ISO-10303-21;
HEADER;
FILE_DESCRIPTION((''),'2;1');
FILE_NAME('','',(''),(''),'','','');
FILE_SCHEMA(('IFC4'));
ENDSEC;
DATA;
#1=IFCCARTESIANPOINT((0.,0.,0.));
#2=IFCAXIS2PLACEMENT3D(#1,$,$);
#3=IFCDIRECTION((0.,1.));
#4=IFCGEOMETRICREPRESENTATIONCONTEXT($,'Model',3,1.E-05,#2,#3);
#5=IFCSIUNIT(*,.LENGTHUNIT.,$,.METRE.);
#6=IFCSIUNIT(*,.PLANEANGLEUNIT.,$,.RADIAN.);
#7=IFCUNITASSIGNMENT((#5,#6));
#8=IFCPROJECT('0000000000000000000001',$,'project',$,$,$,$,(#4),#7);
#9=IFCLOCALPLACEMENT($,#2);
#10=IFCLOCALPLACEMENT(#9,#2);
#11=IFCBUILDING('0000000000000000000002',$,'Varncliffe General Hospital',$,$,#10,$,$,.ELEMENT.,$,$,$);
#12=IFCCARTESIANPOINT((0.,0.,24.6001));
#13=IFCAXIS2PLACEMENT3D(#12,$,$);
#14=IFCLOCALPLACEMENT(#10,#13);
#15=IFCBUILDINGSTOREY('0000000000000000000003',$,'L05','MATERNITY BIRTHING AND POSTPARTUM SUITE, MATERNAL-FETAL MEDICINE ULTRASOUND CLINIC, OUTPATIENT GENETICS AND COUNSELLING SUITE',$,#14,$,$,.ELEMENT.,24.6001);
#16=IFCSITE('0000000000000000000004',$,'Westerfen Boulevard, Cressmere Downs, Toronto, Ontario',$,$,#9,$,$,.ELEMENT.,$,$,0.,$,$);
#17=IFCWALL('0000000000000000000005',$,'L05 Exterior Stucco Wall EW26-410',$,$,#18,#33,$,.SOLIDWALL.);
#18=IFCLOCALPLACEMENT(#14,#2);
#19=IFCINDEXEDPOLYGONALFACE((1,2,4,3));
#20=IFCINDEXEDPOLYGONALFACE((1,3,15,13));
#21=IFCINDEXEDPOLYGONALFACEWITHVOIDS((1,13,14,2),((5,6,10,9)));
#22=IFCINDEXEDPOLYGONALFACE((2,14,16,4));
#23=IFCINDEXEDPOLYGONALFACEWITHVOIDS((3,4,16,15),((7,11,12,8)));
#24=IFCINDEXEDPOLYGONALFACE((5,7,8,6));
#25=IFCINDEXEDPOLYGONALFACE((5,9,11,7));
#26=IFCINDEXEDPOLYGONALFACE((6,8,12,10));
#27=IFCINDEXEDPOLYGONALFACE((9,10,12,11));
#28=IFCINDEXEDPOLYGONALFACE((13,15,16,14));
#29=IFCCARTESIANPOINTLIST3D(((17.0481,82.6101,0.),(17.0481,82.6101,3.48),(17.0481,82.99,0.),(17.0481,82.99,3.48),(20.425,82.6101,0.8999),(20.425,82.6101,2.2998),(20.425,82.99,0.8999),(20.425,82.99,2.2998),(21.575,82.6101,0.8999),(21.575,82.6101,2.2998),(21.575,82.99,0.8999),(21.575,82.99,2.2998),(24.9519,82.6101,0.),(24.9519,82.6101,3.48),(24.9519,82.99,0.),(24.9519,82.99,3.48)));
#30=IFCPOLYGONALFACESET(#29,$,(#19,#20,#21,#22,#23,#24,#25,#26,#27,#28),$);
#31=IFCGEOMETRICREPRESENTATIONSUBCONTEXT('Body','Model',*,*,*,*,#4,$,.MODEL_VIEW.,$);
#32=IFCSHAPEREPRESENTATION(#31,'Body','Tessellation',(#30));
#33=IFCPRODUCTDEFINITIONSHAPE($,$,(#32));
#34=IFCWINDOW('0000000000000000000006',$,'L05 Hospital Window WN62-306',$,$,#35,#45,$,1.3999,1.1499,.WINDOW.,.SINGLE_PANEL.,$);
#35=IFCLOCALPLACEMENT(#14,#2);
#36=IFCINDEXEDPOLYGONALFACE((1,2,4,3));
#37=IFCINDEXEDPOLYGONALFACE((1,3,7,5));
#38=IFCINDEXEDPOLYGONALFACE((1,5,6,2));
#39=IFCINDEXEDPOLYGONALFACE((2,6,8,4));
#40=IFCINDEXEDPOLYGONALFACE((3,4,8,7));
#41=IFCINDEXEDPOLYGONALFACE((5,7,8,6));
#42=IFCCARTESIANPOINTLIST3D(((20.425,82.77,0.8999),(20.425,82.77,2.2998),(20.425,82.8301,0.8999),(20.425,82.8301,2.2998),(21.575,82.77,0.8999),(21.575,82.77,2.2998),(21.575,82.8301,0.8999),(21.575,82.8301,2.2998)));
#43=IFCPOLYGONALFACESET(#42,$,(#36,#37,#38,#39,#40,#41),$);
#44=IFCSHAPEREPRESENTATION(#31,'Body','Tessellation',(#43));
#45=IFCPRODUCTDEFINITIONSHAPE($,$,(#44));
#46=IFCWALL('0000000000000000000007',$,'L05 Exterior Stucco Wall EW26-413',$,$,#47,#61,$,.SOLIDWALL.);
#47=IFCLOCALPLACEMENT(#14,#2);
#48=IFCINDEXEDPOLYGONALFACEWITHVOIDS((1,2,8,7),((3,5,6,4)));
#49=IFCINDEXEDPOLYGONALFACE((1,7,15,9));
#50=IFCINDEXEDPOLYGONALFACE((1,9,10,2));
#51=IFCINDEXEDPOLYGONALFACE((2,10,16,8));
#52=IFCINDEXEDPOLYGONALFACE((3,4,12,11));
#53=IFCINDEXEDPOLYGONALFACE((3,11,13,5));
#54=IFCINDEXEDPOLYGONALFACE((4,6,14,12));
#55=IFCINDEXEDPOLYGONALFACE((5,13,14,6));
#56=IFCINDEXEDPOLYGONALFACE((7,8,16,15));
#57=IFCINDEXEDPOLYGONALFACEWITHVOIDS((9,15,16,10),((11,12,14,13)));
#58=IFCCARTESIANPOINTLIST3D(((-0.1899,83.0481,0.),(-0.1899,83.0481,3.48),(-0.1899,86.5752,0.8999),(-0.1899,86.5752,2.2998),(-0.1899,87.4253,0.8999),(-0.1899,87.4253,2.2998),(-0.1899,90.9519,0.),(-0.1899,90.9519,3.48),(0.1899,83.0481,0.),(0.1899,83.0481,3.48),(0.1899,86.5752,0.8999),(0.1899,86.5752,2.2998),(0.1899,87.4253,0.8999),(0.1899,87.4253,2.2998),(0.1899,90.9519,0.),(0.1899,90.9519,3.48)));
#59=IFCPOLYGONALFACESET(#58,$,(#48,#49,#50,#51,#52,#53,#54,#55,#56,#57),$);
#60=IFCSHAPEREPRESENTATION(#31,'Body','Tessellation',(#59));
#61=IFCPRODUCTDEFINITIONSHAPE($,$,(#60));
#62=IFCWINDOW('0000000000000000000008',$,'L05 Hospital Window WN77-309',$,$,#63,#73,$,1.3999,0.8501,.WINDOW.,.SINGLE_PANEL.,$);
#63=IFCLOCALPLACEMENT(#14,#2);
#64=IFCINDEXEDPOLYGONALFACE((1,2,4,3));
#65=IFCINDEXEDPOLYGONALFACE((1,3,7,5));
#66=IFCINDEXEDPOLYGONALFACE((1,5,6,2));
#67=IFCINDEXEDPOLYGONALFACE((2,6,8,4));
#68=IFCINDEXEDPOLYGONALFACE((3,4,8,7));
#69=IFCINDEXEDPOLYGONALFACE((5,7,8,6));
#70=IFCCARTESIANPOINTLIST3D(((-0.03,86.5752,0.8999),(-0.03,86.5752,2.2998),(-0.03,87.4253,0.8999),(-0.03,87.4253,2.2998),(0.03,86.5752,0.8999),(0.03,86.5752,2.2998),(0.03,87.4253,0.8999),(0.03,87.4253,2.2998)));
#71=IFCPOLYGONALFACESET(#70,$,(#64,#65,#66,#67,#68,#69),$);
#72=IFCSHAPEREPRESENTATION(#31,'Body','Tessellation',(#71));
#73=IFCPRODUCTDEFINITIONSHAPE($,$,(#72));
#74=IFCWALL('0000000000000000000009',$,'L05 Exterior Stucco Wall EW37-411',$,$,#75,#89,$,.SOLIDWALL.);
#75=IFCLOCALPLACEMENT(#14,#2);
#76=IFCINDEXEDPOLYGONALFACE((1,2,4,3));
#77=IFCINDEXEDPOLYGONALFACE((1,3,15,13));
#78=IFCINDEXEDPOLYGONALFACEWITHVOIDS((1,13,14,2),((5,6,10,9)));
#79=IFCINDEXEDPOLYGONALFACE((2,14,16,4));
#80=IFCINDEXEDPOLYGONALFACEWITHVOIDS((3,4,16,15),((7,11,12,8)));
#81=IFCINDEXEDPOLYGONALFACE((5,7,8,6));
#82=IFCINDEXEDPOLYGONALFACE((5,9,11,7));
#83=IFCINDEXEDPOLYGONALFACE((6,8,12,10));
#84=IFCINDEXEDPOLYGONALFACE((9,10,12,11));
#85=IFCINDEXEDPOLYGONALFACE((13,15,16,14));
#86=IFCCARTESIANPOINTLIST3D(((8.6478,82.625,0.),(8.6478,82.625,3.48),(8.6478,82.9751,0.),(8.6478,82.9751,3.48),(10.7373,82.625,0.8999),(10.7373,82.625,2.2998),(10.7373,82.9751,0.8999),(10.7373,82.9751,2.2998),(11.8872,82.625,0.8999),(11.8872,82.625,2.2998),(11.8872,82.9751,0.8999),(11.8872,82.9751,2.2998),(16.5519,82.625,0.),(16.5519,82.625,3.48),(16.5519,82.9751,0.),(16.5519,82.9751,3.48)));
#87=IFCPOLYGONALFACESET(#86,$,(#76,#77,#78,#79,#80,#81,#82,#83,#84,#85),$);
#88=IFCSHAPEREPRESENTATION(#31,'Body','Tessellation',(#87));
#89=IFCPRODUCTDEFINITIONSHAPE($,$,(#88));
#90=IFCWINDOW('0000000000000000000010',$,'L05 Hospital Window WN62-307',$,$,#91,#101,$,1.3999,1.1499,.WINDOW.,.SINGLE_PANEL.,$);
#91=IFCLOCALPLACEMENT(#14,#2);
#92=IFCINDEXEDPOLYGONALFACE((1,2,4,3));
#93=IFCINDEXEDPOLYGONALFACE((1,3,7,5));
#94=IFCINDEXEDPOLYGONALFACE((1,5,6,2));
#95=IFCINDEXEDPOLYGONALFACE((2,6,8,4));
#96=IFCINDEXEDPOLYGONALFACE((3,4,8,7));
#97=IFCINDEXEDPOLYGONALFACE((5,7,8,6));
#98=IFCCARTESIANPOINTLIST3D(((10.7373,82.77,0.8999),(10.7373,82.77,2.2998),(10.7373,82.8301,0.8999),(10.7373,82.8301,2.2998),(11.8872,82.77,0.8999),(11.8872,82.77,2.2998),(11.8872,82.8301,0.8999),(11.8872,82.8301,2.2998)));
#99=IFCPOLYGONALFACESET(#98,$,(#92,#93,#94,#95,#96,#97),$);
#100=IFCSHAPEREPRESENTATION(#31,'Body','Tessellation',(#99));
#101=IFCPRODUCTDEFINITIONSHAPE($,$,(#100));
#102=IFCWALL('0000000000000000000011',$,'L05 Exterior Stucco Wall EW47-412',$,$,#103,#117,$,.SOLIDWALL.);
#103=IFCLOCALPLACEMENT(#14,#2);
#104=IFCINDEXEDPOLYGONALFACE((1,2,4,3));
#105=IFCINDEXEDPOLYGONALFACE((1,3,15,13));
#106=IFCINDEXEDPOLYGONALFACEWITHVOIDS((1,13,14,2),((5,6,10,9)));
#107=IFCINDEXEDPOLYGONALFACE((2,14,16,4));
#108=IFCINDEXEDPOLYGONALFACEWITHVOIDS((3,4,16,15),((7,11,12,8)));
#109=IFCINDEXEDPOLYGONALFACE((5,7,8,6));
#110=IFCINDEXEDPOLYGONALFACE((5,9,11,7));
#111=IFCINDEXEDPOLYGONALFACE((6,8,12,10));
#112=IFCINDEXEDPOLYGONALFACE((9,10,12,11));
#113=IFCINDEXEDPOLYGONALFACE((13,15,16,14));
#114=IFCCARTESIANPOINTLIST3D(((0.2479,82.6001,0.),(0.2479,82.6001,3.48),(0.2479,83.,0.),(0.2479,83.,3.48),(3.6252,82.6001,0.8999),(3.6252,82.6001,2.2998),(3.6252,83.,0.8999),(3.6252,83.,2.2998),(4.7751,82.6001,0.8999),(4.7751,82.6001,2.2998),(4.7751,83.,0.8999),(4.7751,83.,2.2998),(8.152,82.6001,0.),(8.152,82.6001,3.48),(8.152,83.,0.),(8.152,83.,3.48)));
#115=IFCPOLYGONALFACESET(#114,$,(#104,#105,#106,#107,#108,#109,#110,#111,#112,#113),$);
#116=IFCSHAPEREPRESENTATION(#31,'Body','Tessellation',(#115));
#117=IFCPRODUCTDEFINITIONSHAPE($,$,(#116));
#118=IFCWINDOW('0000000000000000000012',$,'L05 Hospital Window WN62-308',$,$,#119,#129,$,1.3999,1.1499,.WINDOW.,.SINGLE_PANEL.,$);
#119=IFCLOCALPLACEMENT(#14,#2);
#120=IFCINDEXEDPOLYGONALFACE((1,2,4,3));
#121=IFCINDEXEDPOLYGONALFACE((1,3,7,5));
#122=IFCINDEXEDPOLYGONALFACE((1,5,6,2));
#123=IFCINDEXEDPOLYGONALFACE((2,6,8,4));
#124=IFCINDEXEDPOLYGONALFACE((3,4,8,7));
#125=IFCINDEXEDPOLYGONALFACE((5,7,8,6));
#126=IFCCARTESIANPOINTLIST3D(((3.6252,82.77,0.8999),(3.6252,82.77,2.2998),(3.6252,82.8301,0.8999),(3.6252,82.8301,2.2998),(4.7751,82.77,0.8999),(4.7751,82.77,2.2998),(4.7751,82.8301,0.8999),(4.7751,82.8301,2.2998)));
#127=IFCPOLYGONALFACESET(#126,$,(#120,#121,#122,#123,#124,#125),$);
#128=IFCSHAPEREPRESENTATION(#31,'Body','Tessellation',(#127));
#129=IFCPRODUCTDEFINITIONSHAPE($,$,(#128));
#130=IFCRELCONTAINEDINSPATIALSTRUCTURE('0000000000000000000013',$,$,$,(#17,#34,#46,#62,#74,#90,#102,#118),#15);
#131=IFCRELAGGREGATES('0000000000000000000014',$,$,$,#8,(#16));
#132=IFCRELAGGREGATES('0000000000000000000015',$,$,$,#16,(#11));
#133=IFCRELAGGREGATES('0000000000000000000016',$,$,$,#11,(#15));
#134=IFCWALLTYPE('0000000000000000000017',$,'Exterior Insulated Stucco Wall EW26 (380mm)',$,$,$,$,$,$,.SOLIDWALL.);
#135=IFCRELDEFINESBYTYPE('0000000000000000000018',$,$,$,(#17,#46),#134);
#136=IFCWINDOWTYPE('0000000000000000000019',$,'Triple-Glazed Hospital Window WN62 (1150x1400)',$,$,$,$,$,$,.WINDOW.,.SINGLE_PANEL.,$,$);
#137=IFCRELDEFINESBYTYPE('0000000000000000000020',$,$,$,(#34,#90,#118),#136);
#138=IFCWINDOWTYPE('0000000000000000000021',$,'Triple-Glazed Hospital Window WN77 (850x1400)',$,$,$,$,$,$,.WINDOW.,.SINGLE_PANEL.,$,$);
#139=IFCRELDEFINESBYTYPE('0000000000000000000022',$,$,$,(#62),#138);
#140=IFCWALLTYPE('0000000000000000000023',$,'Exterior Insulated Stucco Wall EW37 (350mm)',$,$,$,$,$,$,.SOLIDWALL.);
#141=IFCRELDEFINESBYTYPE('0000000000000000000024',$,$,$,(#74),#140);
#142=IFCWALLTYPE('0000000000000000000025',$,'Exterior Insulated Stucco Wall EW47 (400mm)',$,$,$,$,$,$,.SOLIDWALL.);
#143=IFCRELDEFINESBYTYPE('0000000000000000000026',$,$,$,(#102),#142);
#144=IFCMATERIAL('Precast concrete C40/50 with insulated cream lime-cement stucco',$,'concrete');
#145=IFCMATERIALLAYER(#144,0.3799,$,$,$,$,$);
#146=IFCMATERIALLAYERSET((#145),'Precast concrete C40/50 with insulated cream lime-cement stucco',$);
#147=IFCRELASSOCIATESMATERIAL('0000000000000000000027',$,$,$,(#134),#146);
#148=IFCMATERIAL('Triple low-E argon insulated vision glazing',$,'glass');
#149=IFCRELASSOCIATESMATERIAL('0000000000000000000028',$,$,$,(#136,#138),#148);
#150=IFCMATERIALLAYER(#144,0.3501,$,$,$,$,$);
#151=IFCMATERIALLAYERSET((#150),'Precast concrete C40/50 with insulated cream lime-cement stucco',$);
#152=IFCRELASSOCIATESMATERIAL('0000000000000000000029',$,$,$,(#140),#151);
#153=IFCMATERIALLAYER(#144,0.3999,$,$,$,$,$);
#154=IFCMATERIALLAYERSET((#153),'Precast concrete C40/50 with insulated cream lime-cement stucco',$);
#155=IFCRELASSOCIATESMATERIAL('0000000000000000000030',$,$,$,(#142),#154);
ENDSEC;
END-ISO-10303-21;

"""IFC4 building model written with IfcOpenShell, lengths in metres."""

from ifc_helpers import new_model, si_unit, direction, frame, frame_2d, origin, place, context, subcontext, project, spatial, rectangle, extrude, material, layer, layer_set, type_object, element, fill, save


model = new_model("IFC4")

# Units and contexts
model_context = context("Model", 3, precision=1e-05, world=origin(), true_north=direction((0.0, 1.0)))
body_context = subcontext(model_context, "Body", "Model", "MODEL_VIEW")
ifc_project = project(units=[si_unit("LENGTHUNIT", "METRE"), si_unit("PLANEANGLEUNIT", "RADIAN")], contexts=[model_context])

# Site, building, storey
site_placement = place(None, origin())
site = spatial("IfcSite", under=ifc_project, at=site_placement, Name="Westerfen Boulevard, Cressmere Downs, Toronto, Ontario", CompositionType="ELEMENT", RefElevation=0.0)
building_placement = place(site_placement, origin())
building = spatial("IfcBuilding", under=site, at=building_placement, Name="Varncliffe General Hospital", CompositionType="ELEMENT")
storey_placement = place(building_placement, frame((0.0, 0.0, 24.6001)))
storey = spatial("IfcBuildingStorey", under=building, at=storey_placement, Name="L05", Description="MATERNITY BIRTHING AND POSTPARTUM SUITE, MATERNAL-FETAL MEDICINE ULTRASOUND CLINIC, OUTPATIENT GENETICS AND COUNSELLING SUITE", CompositionType="ELEMENT", Elevation=24.6001)

# Walls, openings, windows
ifc_material_1 = material(Name="Precast concrete C40/50 with insulated cream lime-cement stucco", Category="concrete")
ifc_layer_1 = layer(ifc_material_1, 0.3799)
ifc_layer_set_1 = layer_set([ifc_layer_1], Name="Precast concrete C40/50 with insulated cream lime-cement stucco")
wall_type_1 = type_object("IfcWallType", Name="Exterior Insulated Stucco Wall EW26 (380mm)", PredefinedType="SOLIDWALL", material=ifc_layer_set_1)
wall_1_placement = place(storey_placement, frame((24.9519, 82.8, 0.0), z_axis=(0.0, 0.0, 1.0), x_axis=(-1.0, 0.0, 0.0)))
wall_1 = element("IfcWall", 1, at=wall_1_placement, inside=storey, type_object=wall_type_1, Name="L05 Exterior Stucco Wall EW26-410", PredefinedType="SOLIDWALL", context=body_context, shape_type="SweptSolid", body=[
    extrude(rectangle(XDim=7.9038, YDim=0.3799, at=frame_2d((3.9519, 0.0))), origin(), (0.0, 0.0, 1.0), 3.48),
])
opening_1_placement = place(wall_1_placement, frame((3.377, 0.0, 0.8999)))
opening_1 = element("IfcOpeningElement", 2, at=opening_1_placement, cuts=wall_1, PredefinedType="OPENING", context=body_context, shape_type="SweptSolid", body=[
    extrude(rectangle(XDim=1.1499, YDim=1.3999, at=frame_2d((0.575, 0.7))), frame((0.0, 0.2, 0.0), z_axis=(0.0, -1.0, 0.0), x_axis=(1.0, 0.0, 0.0)), (0.0, 0.0, 1.0), 0.3999),
])
ifc_material_2 = material(Name="Triple low-E argon insulated vision glazing", Category="glass")
window_type_1 = type_object("IfcWindowType", Name="Triple-Glazed Hospital Window WN62 (1150x1400)", PartitioningType="SINGLE_PANEL", PredefinedType="WINDOW", material=ifc_material_2)
window_1_placement = place(opening_1_placement, origin())
window_1 = element("IfcWindow", 3, at=window_1_placement, inside=storey, type_object=window_type_1, Name="L05 Hospital Window WN62-306", OverallHeight=1.3999, OverallWidth=1.1499, PartitioningType="SINGLE_PANEL", PredefinedType="WINDOW", context=body_context, shape_type="SweptSolid", body=[
    extrude(rectangle(XDim=1.1499, YDim=1.3999, at=frame_2d((0.575, 0.7))), frame((0.0, 0.03, 0.0), z_axis=(0.0, -1.0, 0.0), x_axis=(1.0, 0.0, 0.0)), (0.0, 0.0, 1.0), 0.0601),
])
fill(opening_1, window_1)
wall_2_placement = place(storey_placement, frame((0.0, 83.0481, 0.0), z_axis=(0.0, 0.0, 1.0), x_axis=(0.0, 1.0, 0.0)))
wall_2 = element("IfcWall", 4, at=wall_2_placement, inside=storey, type_object=wall_type_1, Name="L05 Exterior Stucco Wall EW26-413", PredefinedType="SOLIDWALL", context=body_context, shape_type="SweptSolid", body=[
    extrude(rectangle(XDim=7.9038, YDim=0.3799, at=frame_2d((3.9519, 0.0))), origin(), (0.0, 0.0, 1.0), 3.48),
])
opening_2_placement = place(wall_2_placement, frame((3.5271, 0.0, 0.8999)))
opening_2 = element("IfcOpeningElement", 5, at=opening_2_placement, cuts=wall_2, PredefinedType="OPENING", context=body_context, shape_type="SweptSolid", body=[
    extrude(rectangle(XDim=0.8501, YDim=1.3999, at=frame_2d((0.425, 0.7))), frame((0.0, 0.2, 0.0), z_axis=(0.0, -1.0, 0.0), x_axis=(1.0, 0.0, 0.0)), (0.0, 0.0, 1.0), 0.3999),
])
window_type_2 = type_object("IfcWindowType", Name="Triple-Glazed Hospital Window WN77 (850x1400)", PartitioningType="SINGLE_PANEL", PredefinedType="WINDOW", material=ifc_material_2)
window_2_placement = place(opening_2_placement, origin())
window_2 = element("IfcWindow", 6, at=window_2_placement, inside=storey, type_object=window_type_2, Name="L05 Hospital Window WN77-309", OverallHeight=1.3999, OverallWidth=0.8501, PartitioningType="SINGLE_PANEL", PredefinedType="WINDOW", context=body_context, shape_type="SweptSolid", body=[
    extrude(rectangle(XDim=0.8501, YDim=1.3999, at=frame_2d((0.425, 0.7))), frame((0.0, 0.03, 0.0), z_axis=(0.0, -1.0, 0.0), x_axis=(1.0, 0.0, 0.0)), (0.0, 0.0, 1.0), 0.0601),
])
fill(opening_2, window_2)
ifc_layer_2 = layer(ifc_material_1, 0.3501)
ifc_layer_set_2 = layer_set([ifc_layer_2], Name="Precast concrete C40/50 with insulated cream lime-cement stucco")
wall_type_2 = type_object("IfcWallType", Name="Exterior Insulated Stucco Wall EW37 (350mm)", PredefinedType="SOLIDWALL", material=ifc_layer_set_2)
wall_3_placement = place(storey_placement, frame((16.552, 82.8, 0.0), z_axis=(0.0, 0.0, 1.0), x_axis=(-1.0, 0.0, 0.0)))
wall_3 = element("IfcWall", 7, at=wall_3_placement, inside=storey, type_object=wall_type_2, Name="L05 Exterior Stucco Wall EW37-411", PredefinedType="SOLIDWALL", context=body_context, shape_type="SweptSolid", body=[
    extrude(rectangle(XDim=7.9041, YDim=0.3501, at=frame_2d((3.9521, 0.0))), origin(), (0.0, 0.0, 1.0), 3.48),
])
opening_3_placement = place(wall_3_placement, frame((4.6648, 0.0, 0.8999)))
opening_3 = element("IfcOpeningElement", 8, at=opening_3_placement, cuts=wall_3, PredefinedType="OPENING", context=body_context, shape_type="SweptSolid", body=[
    extrude(rectangle(XDim=1.1499, YDim=1.3999, at=frame_2d((0.575, 0.7))), frame((0.0, 0.1851, 0.0), z_axis=(0.0, -1.0, 0.0), x_axis=(1.0, 0.0, 0.0)), (0.0, 0.0, 1.0), 0.3701),
])
window_3_placement = place(opening_3_placement, origin())
window_3 = element("IfcWindow", 9, at=window_3_placement, inside=storey, type_object=window_type_1, Name="L05 Hospital Window WN62-307", OverallHeight=1.3999, OverallWidth=1.1499, PartitioningType="SINGLE_PANEL", PredefinedType="WINDOW", context=body_context, shape_type="SweptSolid", body=[
    extrude(rectangle(XDim=1.1499, YDim=1.3999, at=frame_2d((0.575, 0.7))), frame((0.0, 0.03, 0.0), z_axis=(0.0, -1.0, 0.0), x_axis=(1.0, 0.0, 0.0)), (0.0, 0.0, 1.0), 0.0601),
])
fill(opening_3, window_3)
ifc_layer_3 = layer(ifc_material_1, 0.3999)
ifc_layer_set_3 = layer_set([ifc_layer_3], Name="Precast concrete C40/50 with insulated cream lime-cement stucco")
wall_type_3 = type_object("IfcWallType", Name="Exterior Insulated Stucco Wall EW47 (400mm)", PredefinedType="SOLIDWALL", material=ifc_layer_set_3)
wall_4_placement = place(storey_placement, frame((8.1521, 82.8, 0.0), z_axis=(0.0, 0.0, 1.0), x_axis=(-1.0, 0.0, 0.0)))
wall_4 = element("IfcWall", 10, at=wall_4_placement, inside=storey, type_object=wall_type_3, Name="L05 Exterior Stucco Wall EW47-412", PredefinedType="SOLIDWALL", context=body_context, shape_type="SweptSolid", body=[
    extrude(rectangle(XDim=7.9041, YDim=0.3999, at=frame_2d((3.9521, 0.0))), origin(), (0.0, 0.0, 1.0), 3.48),
])
opening_4_placement = place(wall_4_placement, frame((3.377, 0.0, 0.8999)))
opening_4 = element("IfcOpeningElement", 11, at=opening_4_placement, cuts=wall_4, PredefinedType="OPENING", context=body_context, shape_type="SweptSolid", body=[
    extrude(rectangle(XDim=1.1499, YDim=1.3999, at=frame_2d((0.575, 0.7))), frame((0.0, 0.21, 0.0), z_axis=(0.0, -1.0, 0.0), x_axis=(1.0, 0.0, 0.0)), (0.0, 0.0, 1.0), 0.4199),
])
window_4_placement = place(opening_4_placement, origin())
window_4 = element("IfcWindow", 12, at=window_4_placement, inside=storey, type_object=window_type_1, Name="L05 Hospital Window WN62-308", OverallHeight=1.3999, OverallWidth=1.1499, PartitioningType="SINGLE_PANEL", PredefinedType="WINDOW", context=body_context, shape_type="SweptSolid", body=[
    extrude(rectangle(XDim=1.1499, YDim=1.3999, at=frame_2d((0.575, 0.7))), frame((0.0, 0.03, 0.0), z_axis=(0.0, -1.0, 0.0), x_axis=(1.0, 0.0, 0.0)), (0.0, 0.0, 1.0), 0.0601),
])
fill(opening_4, window_4)

save(model, "model.ifc")
